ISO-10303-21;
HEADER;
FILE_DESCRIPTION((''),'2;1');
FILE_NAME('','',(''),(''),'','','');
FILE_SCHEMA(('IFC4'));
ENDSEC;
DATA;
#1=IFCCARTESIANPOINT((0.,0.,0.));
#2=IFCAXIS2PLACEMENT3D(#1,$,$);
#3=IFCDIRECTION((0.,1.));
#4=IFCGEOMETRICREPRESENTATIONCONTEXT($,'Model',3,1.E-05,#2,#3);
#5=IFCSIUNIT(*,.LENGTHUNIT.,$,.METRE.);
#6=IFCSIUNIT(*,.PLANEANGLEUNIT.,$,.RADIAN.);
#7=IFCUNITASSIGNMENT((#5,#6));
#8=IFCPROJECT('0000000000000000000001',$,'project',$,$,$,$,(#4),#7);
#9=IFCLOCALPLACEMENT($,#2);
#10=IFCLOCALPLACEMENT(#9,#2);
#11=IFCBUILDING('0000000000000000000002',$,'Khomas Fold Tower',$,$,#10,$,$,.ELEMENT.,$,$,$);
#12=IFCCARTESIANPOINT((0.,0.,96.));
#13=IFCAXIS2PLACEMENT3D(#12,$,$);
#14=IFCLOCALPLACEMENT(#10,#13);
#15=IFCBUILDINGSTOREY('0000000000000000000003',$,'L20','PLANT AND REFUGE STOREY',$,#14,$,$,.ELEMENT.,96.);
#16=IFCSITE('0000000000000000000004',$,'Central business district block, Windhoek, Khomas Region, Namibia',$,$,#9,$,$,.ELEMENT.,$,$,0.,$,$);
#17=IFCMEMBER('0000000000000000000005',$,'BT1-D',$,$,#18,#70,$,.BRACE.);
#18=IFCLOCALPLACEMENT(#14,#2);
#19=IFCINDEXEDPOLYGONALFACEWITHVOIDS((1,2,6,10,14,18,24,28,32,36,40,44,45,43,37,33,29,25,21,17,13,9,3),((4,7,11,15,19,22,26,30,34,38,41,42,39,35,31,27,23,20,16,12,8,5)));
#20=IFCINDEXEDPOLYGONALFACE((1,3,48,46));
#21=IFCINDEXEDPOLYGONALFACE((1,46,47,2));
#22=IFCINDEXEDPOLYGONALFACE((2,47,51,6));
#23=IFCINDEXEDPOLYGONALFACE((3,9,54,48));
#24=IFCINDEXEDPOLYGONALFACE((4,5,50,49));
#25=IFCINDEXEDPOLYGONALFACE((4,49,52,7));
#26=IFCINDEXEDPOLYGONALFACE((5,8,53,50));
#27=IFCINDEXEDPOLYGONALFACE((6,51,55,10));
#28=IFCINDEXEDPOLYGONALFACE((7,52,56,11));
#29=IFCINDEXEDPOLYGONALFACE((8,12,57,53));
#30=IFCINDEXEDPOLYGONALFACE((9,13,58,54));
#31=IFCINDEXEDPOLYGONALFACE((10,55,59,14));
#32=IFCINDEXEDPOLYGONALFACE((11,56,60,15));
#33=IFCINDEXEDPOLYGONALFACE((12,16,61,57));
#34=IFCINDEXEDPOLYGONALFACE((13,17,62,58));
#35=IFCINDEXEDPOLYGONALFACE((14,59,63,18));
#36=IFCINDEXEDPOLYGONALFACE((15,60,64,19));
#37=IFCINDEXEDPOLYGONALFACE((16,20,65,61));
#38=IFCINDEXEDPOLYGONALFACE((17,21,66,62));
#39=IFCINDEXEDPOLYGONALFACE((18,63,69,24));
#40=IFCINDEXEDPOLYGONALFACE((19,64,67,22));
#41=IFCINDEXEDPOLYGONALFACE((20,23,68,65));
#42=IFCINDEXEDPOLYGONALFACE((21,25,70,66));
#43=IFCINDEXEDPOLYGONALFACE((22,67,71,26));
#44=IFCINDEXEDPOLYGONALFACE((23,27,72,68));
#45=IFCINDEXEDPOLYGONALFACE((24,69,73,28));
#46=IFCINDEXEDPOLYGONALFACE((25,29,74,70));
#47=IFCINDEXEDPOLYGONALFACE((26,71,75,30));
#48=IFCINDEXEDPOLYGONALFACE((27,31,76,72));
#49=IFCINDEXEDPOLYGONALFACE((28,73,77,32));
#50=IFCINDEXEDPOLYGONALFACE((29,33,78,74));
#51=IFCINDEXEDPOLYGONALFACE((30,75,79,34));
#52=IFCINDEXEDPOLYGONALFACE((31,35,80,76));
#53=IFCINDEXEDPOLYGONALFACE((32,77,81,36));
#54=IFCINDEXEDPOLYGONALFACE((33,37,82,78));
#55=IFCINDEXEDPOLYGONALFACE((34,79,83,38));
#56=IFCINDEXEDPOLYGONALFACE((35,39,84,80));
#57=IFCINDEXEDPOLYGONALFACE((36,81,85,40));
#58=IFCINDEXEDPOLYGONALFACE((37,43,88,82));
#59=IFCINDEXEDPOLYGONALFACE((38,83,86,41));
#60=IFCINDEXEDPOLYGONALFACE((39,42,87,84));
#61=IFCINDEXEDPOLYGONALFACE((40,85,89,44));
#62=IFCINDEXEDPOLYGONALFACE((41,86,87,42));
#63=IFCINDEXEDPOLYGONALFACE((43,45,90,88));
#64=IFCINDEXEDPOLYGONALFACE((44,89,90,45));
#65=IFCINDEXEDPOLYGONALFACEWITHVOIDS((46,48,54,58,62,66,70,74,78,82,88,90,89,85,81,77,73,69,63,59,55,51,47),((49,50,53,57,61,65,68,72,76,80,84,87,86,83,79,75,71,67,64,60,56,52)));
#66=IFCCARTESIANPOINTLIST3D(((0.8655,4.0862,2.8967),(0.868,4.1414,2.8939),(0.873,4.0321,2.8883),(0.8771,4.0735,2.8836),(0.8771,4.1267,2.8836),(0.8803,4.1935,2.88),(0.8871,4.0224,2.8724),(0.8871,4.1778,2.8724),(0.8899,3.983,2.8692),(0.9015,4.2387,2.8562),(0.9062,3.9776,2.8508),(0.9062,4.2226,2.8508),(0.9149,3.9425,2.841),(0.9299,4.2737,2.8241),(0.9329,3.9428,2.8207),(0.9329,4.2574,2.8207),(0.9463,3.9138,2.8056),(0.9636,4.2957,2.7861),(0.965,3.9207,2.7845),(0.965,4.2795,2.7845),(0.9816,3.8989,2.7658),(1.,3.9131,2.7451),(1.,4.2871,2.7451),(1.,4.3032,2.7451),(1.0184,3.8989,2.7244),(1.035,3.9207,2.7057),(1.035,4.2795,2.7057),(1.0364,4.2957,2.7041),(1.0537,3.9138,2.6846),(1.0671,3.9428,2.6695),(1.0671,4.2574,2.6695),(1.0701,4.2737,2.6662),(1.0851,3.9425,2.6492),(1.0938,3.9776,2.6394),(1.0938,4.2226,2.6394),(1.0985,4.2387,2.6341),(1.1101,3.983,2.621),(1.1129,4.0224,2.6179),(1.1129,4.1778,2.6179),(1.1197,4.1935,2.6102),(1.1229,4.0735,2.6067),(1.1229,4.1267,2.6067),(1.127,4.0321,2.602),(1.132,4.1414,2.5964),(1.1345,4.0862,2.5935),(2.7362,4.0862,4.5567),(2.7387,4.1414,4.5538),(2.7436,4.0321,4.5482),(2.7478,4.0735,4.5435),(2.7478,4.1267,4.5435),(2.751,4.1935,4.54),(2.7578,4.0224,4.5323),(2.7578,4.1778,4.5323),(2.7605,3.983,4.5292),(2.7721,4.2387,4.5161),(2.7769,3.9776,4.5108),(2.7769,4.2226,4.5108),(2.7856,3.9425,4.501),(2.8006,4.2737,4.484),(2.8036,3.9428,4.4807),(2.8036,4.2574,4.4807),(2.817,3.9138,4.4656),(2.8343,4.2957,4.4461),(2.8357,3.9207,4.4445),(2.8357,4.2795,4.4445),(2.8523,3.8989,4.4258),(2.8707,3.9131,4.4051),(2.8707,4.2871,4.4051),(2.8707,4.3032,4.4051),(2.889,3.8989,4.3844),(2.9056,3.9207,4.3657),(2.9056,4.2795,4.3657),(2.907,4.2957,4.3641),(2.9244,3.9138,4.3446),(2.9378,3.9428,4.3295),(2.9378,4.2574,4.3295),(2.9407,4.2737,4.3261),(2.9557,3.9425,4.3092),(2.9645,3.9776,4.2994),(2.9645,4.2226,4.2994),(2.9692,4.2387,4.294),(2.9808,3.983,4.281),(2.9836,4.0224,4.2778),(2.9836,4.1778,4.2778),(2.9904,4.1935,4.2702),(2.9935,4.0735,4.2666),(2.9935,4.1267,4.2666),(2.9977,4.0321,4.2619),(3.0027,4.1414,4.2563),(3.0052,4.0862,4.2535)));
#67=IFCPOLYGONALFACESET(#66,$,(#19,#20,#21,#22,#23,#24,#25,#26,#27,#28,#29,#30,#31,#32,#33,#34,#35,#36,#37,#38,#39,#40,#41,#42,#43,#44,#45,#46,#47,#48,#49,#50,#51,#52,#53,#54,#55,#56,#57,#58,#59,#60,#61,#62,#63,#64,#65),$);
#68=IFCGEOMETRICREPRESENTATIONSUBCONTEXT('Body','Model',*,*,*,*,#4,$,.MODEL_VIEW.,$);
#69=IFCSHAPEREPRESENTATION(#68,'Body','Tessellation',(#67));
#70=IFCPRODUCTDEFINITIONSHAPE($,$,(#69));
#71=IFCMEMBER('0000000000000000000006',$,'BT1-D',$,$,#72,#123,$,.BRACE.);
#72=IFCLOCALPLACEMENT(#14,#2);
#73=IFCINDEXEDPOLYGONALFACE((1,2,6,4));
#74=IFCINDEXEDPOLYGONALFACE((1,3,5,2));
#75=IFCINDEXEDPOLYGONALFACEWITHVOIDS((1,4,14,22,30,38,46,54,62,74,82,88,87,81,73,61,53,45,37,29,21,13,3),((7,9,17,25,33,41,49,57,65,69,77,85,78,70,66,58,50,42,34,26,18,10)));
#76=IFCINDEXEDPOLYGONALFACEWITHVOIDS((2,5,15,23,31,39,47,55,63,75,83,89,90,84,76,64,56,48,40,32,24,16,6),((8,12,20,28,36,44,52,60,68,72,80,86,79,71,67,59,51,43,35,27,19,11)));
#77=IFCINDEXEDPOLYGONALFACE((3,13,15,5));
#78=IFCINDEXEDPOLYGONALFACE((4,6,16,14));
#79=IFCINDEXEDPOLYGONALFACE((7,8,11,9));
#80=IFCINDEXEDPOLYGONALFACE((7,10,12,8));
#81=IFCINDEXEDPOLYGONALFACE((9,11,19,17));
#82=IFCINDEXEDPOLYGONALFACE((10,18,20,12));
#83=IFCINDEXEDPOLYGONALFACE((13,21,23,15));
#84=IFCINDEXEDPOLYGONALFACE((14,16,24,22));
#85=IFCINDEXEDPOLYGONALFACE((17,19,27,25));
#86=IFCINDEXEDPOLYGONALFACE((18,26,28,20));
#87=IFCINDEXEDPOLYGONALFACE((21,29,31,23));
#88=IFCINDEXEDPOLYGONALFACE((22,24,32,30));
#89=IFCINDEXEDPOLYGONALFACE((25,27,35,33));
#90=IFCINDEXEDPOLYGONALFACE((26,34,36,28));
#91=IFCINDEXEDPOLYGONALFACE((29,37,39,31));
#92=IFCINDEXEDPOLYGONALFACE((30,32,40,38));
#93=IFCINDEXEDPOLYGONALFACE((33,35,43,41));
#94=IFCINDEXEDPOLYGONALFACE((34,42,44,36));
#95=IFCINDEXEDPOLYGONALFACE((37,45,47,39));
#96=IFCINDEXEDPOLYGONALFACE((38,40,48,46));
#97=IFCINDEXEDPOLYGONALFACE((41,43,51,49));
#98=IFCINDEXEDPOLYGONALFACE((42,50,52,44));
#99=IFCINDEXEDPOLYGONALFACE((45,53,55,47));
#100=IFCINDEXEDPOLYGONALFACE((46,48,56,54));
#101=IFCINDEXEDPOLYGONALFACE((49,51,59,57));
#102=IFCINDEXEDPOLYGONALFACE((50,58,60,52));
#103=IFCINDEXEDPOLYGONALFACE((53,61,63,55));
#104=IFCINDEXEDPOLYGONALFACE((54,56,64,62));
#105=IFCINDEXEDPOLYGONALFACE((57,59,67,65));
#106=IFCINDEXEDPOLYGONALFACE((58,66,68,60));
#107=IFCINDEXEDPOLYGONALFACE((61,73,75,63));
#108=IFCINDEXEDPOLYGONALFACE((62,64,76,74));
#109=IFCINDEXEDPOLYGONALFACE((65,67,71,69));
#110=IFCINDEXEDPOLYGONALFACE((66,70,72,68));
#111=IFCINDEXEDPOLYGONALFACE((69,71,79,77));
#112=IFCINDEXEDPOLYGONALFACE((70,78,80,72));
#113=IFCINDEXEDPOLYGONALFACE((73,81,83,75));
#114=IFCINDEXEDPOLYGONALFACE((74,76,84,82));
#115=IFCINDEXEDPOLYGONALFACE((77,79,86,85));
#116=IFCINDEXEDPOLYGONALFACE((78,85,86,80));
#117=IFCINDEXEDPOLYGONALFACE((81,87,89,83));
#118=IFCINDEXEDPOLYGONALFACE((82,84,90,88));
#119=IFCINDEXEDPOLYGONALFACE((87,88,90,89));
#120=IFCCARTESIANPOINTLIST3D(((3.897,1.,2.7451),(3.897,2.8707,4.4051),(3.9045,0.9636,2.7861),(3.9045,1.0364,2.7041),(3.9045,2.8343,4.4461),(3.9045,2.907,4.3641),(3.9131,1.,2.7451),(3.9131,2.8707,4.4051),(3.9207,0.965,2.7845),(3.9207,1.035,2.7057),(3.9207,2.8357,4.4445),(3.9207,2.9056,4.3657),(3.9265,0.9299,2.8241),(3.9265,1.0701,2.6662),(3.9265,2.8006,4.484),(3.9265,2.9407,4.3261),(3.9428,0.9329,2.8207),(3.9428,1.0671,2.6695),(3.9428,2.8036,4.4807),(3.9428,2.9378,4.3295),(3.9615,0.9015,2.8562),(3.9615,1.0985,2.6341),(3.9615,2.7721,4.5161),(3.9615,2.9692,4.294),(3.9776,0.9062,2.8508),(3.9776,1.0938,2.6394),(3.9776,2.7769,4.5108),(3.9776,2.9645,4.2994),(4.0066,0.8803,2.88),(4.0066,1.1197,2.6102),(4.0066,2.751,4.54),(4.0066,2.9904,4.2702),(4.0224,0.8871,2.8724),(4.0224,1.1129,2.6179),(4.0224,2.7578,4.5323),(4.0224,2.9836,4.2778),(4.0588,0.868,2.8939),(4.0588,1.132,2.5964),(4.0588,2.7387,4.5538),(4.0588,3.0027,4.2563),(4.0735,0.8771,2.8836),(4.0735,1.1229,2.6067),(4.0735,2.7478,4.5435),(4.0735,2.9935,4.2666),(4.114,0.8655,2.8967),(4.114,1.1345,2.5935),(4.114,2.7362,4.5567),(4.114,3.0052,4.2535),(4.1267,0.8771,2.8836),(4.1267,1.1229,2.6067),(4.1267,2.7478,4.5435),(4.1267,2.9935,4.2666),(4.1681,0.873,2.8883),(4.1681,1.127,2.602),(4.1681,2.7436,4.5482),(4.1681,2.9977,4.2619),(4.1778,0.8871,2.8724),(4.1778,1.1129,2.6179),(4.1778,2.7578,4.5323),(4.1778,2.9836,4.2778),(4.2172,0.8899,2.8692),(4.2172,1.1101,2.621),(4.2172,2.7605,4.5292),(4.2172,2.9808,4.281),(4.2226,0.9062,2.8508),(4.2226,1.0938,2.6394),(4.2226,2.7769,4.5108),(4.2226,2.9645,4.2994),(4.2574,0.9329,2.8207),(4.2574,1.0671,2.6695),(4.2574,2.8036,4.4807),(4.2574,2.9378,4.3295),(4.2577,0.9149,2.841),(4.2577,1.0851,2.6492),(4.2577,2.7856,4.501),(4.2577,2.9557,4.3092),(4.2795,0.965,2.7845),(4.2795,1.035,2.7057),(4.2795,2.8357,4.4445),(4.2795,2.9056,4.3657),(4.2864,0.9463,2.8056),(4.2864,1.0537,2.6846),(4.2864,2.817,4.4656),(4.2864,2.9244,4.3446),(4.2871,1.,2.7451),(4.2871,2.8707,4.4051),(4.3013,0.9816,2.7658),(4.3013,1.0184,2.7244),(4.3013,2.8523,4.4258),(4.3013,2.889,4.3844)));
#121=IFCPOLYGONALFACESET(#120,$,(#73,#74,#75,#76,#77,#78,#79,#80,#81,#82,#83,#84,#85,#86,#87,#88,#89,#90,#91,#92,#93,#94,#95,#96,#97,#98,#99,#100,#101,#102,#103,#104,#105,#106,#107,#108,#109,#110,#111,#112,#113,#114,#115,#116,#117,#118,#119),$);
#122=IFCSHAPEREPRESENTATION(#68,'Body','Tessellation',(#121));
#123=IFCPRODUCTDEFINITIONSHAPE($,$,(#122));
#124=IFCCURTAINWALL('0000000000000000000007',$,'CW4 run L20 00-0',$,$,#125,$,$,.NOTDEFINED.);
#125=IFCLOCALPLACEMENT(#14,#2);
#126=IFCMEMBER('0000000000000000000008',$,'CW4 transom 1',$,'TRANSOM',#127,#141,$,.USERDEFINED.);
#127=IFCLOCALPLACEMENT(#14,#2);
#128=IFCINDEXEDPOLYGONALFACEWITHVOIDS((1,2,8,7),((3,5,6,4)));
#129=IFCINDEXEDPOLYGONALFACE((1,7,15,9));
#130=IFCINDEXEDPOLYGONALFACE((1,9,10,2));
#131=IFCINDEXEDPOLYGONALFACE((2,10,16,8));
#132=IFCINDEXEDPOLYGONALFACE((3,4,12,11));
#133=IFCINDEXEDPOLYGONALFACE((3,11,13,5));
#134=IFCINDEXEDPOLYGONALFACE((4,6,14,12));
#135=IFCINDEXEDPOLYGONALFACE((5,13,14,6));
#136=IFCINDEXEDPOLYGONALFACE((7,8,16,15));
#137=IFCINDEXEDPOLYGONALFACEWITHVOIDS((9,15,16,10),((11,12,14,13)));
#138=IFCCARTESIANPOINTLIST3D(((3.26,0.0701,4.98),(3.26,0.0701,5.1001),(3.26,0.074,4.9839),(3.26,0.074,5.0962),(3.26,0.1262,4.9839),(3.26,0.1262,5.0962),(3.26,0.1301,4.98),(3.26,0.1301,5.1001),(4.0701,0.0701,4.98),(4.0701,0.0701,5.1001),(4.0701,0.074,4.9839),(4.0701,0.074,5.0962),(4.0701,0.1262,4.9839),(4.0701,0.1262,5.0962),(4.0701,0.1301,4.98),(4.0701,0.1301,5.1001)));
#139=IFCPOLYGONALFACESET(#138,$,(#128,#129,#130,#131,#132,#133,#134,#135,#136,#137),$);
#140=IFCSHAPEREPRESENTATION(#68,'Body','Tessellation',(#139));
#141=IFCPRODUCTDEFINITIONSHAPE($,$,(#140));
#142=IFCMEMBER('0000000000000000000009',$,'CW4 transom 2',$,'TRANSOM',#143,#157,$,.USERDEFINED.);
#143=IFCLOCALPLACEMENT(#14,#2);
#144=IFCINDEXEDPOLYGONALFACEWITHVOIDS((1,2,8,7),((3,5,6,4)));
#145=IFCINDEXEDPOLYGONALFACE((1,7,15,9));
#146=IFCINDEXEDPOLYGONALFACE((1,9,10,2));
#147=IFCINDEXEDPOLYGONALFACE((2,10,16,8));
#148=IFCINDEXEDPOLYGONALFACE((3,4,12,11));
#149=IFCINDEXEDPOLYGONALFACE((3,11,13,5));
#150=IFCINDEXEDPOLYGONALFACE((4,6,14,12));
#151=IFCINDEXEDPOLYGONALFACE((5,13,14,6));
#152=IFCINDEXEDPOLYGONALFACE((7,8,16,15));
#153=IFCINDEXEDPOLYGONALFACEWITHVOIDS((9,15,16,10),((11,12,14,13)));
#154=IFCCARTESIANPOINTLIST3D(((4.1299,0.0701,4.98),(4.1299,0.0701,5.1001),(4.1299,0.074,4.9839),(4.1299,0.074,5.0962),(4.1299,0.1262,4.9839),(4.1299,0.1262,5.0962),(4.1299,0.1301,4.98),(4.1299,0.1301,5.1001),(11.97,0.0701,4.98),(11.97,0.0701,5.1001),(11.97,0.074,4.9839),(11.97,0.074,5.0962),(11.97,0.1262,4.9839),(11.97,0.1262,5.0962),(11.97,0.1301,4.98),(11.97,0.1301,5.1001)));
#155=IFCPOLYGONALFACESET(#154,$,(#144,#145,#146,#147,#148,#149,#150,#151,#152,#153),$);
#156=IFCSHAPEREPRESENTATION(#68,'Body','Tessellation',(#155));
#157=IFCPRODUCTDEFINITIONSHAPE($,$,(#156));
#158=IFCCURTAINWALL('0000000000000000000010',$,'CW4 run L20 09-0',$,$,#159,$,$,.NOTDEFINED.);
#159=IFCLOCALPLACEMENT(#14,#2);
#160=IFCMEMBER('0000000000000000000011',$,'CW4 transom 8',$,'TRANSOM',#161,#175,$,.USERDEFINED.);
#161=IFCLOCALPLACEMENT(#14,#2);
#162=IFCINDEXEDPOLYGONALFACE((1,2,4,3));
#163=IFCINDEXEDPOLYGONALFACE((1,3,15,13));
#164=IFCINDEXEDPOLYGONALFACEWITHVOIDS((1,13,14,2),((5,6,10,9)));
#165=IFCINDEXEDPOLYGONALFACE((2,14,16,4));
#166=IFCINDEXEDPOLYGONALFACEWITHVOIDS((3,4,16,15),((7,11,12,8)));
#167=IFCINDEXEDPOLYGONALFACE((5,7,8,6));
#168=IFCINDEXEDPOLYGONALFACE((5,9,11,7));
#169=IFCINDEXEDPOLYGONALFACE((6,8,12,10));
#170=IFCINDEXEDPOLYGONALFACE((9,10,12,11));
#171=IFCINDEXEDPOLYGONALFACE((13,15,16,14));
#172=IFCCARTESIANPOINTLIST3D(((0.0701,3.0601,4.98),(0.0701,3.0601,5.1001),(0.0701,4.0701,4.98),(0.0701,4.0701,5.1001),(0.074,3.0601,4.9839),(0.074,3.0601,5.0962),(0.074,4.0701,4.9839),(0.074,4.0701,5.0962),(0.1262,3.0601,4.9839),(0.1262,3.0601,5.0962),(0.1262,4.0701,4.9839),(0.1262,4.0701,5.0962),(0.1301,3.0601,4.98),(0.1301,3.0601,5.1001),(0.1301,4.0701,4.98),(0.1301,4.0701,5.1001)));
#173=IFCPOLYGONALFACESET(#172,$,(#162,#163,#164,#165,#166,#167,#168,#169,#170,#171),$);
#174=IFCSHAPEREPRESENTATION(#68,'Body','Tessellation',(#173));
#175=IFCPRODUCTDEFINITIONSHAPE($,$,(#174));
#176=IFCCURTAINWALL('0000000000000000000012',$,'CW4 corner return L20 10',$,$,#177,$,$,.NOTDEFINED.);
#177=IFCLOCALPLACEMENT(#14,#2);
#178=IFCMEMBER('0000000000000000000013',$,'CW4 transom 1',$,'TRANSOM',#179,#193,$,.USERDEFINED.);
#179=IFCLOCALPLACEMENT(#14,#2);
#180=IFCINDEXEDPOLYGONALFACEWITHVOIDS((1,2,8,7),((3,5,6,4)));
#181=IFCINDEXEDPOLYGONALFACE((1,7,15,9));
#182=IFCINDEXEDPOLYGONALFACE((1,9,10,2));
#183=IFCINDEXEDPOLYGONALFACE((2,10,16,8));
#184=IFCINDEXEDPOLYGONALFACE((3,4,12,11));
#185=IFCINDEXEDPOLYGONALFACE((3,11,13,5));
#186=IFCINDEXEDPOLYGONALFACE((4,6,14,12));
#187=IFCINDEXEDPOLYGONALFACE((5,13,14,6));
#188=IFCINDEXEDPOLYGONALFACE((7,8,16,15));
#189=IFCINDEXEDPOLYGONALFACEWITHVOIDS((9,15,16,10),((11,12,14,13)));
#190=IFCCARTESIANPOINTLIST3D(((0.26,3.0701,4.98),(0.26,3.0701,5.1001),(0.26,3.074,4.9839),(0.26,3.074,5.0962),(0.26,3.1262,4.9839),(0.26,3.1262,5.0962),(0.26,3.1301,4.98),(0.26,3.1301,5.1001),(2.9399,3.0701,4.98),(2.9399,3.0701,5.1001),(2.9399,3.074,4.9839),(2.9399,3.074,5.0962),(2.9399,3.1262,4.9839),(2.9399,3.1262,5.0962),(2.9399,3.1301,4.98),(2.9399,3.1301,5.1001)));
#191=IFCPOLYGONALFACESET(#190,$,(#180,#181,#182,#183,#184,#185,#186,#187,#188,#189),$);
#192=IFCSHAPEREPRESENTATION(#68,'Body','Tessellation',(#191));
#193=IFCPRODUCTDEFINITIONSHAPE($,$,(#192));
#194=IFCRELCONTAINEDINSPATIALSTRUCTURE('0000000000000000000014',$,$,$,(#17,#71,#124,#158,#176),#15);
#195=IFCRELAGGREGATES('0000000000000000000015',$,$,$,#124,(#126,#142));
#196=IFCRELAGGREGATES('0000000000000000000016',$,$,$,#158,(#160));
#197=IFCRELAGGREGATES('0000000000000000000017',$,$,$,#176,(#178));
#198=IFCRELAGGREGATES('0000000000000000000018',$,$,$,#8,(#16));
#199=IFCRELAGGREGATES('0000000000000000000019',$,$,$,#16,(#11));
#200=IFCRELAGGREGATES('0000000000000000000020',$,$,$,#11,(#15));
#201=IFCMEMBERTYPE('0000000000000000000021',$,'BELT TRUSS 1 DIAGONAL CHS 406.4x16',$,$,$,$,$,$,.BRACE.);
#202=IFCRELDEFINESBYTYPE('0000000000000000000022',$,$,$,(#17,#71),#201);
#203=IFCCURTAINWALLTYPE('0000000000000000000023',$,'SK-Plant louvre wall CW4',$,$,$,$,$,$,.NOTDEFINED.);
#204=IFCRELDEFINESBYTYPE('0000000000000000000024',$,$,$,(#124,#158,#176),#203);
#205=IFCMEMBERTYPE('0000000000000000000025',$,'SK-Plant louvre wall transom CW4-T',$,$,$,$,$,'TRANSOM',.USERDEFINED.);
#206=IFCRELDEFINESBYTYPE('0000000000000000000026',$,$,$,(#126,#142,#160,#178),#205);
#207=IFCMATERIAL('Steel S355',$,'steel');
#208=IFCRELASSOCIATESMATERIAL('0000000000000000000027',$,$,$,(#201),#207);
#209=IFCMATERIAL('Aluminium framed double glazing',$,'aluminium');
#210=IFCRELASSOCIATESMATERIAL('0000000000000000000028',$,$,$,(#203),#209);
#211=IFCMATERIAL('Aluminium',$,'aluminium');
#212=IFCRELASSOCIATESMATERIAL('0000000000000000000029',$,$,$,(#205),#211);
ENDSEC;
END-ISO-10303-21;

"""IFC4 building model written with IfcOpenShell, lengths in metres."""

from ifc_helpers import new_model, si_unit, direction, frame, origin, origin_2d, place, context, subcontext, project, spatial, hollow_rectangle, hollow_circle, extrude, source, transform, mapped, material, material_profile, profile_set, type_object, element, aggregate, save


model = new_model("IFC4")

# Units and contexts
model_context = context("Model", 3, precision=1e-05, world=origin(), true_north=direction((0.0, 1.0)))
body_context = subcontext(model_context, "Body", "Model", "MODEL_VIEW")
ifc_project = project(units=[si_unit("LENGTHUNIT", "METRE"), si_unit("PLANEANGLEUNIT", "RADIAN")], contexts=[model_context])

# Site, building, storey
site_placement = place(None, origin())
site = spatial("IfcSite", under=ifc_project, at=site_placement, Name="Central business district block, Windhoek, Khomas Region, Namibia", CompositionType="ELEMENT", RefElevation=0.0)
building_placement = place(site_placement, origin())
building = spatial("IfcBuilding", under=site, at=building_placement, Name="Khomas Fold Tower", CompositionType="ELEMENT")
storey_placement = place(building_placement, frame((0.0, 0.0, 96.0)))
storey = spatial("IfcBuildingStorey", under=building, at=storey_placement, Name="L20", Description="PLANT AND REFUGE STOREY", CompositionType="ELEMENT", Elevation=96.0)

# Members
ifc_material_1 = material(Name="Steel S355", Category="steel")
ifc_material_profile_1 = material_profile(ifc_material_1, hollow_circle(Radius=0.2031, WallThickness=0.0161, at=origin_2d()), Name="CHS 406.4x16")
ifc_profile_set_1 = profile_set([ifc_material_profile_1], Name="Steel S355")
member_type_1 = type_object("IfcMemberType", Name="BELT TRUSS 1 DIAGONAL CHS 406.4x16", PredefinedType="BRACE", material=ifc_profile_set_1)
shared_shape_1 = source(origin(), body_context, "Body", "SweptSolid", [
    extrude(hollow_circle(Radius=0.2031, WallThickness=0.0161, at=origin_2d()), origin(), (0.0, 0.0, 1.0), 2.501),
])
for number, where, z_axis, x_axis, name in (
    (1, (1.0, 4.1001, 2.7451), (0.747975, 0.0, 0.663727), (0.0, 1.0, 0.0), "BT1-D"),
    (2, (4.1001, 1.0, 2.7451), (0.0, 0.747975, 0.663727), (-1.0, 0.0, 0.0), "BT1-D"),
):
    element("IfcMember", number, at=place(storey_placement, frame(where, z_axis=z_axis, x_axis=x_axis)), inside=storey, type_object=member_type_1, Name=name, PredefinedType="BRACE", context=body_context, shape_type="MappedRepresentation", body=[
        mapped(shared_shape_1, transform((0.0, 0.0, 0.0))),
    ])

# Curtain wall, members
ifc_material_2 = material(Name="Aluminium framed double glazing", Category="aluminium")
curtain_wall_type = type_object("IfcCurtainWallType", Name="SK-Plant louvre wall CW4", PredefinedType="NOTDEFINED", material=ifc_material_2)
curtain_wall_1_placement = place(storey_placement, origin())
curtain_wall_1 = element("IfcCurtainWall", 3, at=curtain_wall_1_placement, inside=storey, type_object=curtain_wall_type, Name="CW4 run L20 00-0", PredefinedType="NOTDEFINED")
ifc_material_3 = material(Name="Aluminium", Category="aluminium")
ifc_material_profile_2 = material_profile(ifc_material_3, hollow_rectangle(XDim=0.0601, YDim=0.1201, WallThickness=0.0039, at=origin_2d()), Name="SK-Plant louvre wall transom CW4-T")
ifc_profile_set_2 = profile_set([ifc_material_profile_2], Name="Aluminium")
member_type_2 = type_object("IfcMemberType", Name="SK-Plant louvre wall transom CW4-T", ElementType="TRANSOM", PredefinedType="USERDEFINED", material=ifc_profile_set_2)
shared_shape_2 = source(origin(), body_context, "Body", "SweptSolid", [
    extrude(hollow_rectangle(XDim=0.0601, YDim=0.1201, WallThickness=0.0039, at=origin_2d()), origin(), (0.0, 0.0, 1.0), 0.8101),
])
member_1_placement = place(storey_placement, frame((3.26, 0.1001, 5.04), z_axis=(1.0, 0.0, 0.0), x_axis=(0.0, 1.0, 0.0)))
member_1 = element("IfcMember", 4, at=member_1_placement, type_object=member_type_2, Name="CW4 transom 1", ObjectType="TRANSOM", PredefinedType="USERDEFINED", context=body_context, shape_type="MappedRepresentation", body=[
    mapped(shared_shape_2, transform((0.0, 0.0, 0.0))),
])
shared_shape_3 = source(origin(), body_context, "Body", "SweptSolid", [
    extrude(hollow_rectangle(XDim=0.0601, YDim=0.1201, WallThickness=0.0039, at=origin_2d()), origin(), (0.0, 0.0, 1.0), 7.8401),
])
member_2_placement = place(storey_placement, frame((4.1299, 0.1001, 5.04), z_axis=(1.0, 0.0, 0.0), x_axis=(0.0, 1.0, 0.0)))
member_2 = element("IfcMember", 5, at=member_2_placement, type_object=member_type_2, Name="CW4 transom 2", ObjectType="TRANSOM", PredefinedType="USERDEFINED", context=body_context, shape_type="MappedRepresentation", body=[
    mapped(shared_shape_3, transform((0.0, 0.0, 0.0))),
])
aggregate(curtain_wall_1, [member_1, member_2])

# Curtain walls, members
curtain_wall_2_placement = place(storey_placement, origin())
curtain_wall_2 = element("IfcCurtainWall", 6, at=curtain_wall_2_placement, inside=storey, type_object=curtain_wall_type, Name="CW4 run L20 09-0", PredefinedType="NOTDEFINED")
shared_shape_4 = source(origin(), body_context, "Body", "SweptSolid", [
    extrude(hollow_rectangle(XDim=0.0601, YDim=0.1201, WallThickness=0.0039, at=origin_2d()), origin(), (0.0, 0.0, 1.0), 1.01),
])
member_3_placement = place(storey_placement, frame((0.1001, 4.0701, 5.04), z_axis=(0.0, -1.0, 0.0), x_axis=(1.0, 0.0, 0.0)))
member_3 = element("IfcMember", 7, at=member_3_placement, type_object=member_type_2, Name="CW4 transom 8", ObjectType="TRANSOM", PredefinedType="USERDEFINED", context=body_context, shape_type="MappedRepresentation", body=[
    mapped(shared_shape_4, transform((0.0, 0.0, 0.0))),
])
aggregate(curtain_wall_2, [member_3])
curtain_wall_3_placement = place(storey_placement, origin())
curtain_wall_3 = element("IfcCurtainWall", 8, at=curtain_wall_3_placement, inside=storey, type_object=curtain_wall_type, Name="CW4 corner return L20 10", PredefinedType="NOTDEFINED")
shared_shape_5 = source(origin(), body_context, "Body", "SweptSolid", [
    extrude(hollow_rectangle(XDim=0.0601, YDim=0.1201, WallThickness=0.0039, at=origin_2d()), origin(), (0.0, 0.0, 1.0), 2.6799),
])
member_4_placement = place(storey_placement, frame((0.26, 3.1001, 5.04), z_axis=(1.0, 0.0, 0.0), x_axis=(0.0, 1.0, 0.0)))
member_4 = element("IfcMember", 9, at=member_4_placement, type_object=member_type_2, Name="CW4 transom 1", ObjectType="TRANSOM", PredefinedType="USERDEFINED", context=body_context, shape_type="MappedRepresentation", body=[
    mapped(shared_shape_5, transform((0.0, 0.0, 0.0))),
])
aggregate(curtain_wall_3, [member_4])

save(model, "model.ifc")
